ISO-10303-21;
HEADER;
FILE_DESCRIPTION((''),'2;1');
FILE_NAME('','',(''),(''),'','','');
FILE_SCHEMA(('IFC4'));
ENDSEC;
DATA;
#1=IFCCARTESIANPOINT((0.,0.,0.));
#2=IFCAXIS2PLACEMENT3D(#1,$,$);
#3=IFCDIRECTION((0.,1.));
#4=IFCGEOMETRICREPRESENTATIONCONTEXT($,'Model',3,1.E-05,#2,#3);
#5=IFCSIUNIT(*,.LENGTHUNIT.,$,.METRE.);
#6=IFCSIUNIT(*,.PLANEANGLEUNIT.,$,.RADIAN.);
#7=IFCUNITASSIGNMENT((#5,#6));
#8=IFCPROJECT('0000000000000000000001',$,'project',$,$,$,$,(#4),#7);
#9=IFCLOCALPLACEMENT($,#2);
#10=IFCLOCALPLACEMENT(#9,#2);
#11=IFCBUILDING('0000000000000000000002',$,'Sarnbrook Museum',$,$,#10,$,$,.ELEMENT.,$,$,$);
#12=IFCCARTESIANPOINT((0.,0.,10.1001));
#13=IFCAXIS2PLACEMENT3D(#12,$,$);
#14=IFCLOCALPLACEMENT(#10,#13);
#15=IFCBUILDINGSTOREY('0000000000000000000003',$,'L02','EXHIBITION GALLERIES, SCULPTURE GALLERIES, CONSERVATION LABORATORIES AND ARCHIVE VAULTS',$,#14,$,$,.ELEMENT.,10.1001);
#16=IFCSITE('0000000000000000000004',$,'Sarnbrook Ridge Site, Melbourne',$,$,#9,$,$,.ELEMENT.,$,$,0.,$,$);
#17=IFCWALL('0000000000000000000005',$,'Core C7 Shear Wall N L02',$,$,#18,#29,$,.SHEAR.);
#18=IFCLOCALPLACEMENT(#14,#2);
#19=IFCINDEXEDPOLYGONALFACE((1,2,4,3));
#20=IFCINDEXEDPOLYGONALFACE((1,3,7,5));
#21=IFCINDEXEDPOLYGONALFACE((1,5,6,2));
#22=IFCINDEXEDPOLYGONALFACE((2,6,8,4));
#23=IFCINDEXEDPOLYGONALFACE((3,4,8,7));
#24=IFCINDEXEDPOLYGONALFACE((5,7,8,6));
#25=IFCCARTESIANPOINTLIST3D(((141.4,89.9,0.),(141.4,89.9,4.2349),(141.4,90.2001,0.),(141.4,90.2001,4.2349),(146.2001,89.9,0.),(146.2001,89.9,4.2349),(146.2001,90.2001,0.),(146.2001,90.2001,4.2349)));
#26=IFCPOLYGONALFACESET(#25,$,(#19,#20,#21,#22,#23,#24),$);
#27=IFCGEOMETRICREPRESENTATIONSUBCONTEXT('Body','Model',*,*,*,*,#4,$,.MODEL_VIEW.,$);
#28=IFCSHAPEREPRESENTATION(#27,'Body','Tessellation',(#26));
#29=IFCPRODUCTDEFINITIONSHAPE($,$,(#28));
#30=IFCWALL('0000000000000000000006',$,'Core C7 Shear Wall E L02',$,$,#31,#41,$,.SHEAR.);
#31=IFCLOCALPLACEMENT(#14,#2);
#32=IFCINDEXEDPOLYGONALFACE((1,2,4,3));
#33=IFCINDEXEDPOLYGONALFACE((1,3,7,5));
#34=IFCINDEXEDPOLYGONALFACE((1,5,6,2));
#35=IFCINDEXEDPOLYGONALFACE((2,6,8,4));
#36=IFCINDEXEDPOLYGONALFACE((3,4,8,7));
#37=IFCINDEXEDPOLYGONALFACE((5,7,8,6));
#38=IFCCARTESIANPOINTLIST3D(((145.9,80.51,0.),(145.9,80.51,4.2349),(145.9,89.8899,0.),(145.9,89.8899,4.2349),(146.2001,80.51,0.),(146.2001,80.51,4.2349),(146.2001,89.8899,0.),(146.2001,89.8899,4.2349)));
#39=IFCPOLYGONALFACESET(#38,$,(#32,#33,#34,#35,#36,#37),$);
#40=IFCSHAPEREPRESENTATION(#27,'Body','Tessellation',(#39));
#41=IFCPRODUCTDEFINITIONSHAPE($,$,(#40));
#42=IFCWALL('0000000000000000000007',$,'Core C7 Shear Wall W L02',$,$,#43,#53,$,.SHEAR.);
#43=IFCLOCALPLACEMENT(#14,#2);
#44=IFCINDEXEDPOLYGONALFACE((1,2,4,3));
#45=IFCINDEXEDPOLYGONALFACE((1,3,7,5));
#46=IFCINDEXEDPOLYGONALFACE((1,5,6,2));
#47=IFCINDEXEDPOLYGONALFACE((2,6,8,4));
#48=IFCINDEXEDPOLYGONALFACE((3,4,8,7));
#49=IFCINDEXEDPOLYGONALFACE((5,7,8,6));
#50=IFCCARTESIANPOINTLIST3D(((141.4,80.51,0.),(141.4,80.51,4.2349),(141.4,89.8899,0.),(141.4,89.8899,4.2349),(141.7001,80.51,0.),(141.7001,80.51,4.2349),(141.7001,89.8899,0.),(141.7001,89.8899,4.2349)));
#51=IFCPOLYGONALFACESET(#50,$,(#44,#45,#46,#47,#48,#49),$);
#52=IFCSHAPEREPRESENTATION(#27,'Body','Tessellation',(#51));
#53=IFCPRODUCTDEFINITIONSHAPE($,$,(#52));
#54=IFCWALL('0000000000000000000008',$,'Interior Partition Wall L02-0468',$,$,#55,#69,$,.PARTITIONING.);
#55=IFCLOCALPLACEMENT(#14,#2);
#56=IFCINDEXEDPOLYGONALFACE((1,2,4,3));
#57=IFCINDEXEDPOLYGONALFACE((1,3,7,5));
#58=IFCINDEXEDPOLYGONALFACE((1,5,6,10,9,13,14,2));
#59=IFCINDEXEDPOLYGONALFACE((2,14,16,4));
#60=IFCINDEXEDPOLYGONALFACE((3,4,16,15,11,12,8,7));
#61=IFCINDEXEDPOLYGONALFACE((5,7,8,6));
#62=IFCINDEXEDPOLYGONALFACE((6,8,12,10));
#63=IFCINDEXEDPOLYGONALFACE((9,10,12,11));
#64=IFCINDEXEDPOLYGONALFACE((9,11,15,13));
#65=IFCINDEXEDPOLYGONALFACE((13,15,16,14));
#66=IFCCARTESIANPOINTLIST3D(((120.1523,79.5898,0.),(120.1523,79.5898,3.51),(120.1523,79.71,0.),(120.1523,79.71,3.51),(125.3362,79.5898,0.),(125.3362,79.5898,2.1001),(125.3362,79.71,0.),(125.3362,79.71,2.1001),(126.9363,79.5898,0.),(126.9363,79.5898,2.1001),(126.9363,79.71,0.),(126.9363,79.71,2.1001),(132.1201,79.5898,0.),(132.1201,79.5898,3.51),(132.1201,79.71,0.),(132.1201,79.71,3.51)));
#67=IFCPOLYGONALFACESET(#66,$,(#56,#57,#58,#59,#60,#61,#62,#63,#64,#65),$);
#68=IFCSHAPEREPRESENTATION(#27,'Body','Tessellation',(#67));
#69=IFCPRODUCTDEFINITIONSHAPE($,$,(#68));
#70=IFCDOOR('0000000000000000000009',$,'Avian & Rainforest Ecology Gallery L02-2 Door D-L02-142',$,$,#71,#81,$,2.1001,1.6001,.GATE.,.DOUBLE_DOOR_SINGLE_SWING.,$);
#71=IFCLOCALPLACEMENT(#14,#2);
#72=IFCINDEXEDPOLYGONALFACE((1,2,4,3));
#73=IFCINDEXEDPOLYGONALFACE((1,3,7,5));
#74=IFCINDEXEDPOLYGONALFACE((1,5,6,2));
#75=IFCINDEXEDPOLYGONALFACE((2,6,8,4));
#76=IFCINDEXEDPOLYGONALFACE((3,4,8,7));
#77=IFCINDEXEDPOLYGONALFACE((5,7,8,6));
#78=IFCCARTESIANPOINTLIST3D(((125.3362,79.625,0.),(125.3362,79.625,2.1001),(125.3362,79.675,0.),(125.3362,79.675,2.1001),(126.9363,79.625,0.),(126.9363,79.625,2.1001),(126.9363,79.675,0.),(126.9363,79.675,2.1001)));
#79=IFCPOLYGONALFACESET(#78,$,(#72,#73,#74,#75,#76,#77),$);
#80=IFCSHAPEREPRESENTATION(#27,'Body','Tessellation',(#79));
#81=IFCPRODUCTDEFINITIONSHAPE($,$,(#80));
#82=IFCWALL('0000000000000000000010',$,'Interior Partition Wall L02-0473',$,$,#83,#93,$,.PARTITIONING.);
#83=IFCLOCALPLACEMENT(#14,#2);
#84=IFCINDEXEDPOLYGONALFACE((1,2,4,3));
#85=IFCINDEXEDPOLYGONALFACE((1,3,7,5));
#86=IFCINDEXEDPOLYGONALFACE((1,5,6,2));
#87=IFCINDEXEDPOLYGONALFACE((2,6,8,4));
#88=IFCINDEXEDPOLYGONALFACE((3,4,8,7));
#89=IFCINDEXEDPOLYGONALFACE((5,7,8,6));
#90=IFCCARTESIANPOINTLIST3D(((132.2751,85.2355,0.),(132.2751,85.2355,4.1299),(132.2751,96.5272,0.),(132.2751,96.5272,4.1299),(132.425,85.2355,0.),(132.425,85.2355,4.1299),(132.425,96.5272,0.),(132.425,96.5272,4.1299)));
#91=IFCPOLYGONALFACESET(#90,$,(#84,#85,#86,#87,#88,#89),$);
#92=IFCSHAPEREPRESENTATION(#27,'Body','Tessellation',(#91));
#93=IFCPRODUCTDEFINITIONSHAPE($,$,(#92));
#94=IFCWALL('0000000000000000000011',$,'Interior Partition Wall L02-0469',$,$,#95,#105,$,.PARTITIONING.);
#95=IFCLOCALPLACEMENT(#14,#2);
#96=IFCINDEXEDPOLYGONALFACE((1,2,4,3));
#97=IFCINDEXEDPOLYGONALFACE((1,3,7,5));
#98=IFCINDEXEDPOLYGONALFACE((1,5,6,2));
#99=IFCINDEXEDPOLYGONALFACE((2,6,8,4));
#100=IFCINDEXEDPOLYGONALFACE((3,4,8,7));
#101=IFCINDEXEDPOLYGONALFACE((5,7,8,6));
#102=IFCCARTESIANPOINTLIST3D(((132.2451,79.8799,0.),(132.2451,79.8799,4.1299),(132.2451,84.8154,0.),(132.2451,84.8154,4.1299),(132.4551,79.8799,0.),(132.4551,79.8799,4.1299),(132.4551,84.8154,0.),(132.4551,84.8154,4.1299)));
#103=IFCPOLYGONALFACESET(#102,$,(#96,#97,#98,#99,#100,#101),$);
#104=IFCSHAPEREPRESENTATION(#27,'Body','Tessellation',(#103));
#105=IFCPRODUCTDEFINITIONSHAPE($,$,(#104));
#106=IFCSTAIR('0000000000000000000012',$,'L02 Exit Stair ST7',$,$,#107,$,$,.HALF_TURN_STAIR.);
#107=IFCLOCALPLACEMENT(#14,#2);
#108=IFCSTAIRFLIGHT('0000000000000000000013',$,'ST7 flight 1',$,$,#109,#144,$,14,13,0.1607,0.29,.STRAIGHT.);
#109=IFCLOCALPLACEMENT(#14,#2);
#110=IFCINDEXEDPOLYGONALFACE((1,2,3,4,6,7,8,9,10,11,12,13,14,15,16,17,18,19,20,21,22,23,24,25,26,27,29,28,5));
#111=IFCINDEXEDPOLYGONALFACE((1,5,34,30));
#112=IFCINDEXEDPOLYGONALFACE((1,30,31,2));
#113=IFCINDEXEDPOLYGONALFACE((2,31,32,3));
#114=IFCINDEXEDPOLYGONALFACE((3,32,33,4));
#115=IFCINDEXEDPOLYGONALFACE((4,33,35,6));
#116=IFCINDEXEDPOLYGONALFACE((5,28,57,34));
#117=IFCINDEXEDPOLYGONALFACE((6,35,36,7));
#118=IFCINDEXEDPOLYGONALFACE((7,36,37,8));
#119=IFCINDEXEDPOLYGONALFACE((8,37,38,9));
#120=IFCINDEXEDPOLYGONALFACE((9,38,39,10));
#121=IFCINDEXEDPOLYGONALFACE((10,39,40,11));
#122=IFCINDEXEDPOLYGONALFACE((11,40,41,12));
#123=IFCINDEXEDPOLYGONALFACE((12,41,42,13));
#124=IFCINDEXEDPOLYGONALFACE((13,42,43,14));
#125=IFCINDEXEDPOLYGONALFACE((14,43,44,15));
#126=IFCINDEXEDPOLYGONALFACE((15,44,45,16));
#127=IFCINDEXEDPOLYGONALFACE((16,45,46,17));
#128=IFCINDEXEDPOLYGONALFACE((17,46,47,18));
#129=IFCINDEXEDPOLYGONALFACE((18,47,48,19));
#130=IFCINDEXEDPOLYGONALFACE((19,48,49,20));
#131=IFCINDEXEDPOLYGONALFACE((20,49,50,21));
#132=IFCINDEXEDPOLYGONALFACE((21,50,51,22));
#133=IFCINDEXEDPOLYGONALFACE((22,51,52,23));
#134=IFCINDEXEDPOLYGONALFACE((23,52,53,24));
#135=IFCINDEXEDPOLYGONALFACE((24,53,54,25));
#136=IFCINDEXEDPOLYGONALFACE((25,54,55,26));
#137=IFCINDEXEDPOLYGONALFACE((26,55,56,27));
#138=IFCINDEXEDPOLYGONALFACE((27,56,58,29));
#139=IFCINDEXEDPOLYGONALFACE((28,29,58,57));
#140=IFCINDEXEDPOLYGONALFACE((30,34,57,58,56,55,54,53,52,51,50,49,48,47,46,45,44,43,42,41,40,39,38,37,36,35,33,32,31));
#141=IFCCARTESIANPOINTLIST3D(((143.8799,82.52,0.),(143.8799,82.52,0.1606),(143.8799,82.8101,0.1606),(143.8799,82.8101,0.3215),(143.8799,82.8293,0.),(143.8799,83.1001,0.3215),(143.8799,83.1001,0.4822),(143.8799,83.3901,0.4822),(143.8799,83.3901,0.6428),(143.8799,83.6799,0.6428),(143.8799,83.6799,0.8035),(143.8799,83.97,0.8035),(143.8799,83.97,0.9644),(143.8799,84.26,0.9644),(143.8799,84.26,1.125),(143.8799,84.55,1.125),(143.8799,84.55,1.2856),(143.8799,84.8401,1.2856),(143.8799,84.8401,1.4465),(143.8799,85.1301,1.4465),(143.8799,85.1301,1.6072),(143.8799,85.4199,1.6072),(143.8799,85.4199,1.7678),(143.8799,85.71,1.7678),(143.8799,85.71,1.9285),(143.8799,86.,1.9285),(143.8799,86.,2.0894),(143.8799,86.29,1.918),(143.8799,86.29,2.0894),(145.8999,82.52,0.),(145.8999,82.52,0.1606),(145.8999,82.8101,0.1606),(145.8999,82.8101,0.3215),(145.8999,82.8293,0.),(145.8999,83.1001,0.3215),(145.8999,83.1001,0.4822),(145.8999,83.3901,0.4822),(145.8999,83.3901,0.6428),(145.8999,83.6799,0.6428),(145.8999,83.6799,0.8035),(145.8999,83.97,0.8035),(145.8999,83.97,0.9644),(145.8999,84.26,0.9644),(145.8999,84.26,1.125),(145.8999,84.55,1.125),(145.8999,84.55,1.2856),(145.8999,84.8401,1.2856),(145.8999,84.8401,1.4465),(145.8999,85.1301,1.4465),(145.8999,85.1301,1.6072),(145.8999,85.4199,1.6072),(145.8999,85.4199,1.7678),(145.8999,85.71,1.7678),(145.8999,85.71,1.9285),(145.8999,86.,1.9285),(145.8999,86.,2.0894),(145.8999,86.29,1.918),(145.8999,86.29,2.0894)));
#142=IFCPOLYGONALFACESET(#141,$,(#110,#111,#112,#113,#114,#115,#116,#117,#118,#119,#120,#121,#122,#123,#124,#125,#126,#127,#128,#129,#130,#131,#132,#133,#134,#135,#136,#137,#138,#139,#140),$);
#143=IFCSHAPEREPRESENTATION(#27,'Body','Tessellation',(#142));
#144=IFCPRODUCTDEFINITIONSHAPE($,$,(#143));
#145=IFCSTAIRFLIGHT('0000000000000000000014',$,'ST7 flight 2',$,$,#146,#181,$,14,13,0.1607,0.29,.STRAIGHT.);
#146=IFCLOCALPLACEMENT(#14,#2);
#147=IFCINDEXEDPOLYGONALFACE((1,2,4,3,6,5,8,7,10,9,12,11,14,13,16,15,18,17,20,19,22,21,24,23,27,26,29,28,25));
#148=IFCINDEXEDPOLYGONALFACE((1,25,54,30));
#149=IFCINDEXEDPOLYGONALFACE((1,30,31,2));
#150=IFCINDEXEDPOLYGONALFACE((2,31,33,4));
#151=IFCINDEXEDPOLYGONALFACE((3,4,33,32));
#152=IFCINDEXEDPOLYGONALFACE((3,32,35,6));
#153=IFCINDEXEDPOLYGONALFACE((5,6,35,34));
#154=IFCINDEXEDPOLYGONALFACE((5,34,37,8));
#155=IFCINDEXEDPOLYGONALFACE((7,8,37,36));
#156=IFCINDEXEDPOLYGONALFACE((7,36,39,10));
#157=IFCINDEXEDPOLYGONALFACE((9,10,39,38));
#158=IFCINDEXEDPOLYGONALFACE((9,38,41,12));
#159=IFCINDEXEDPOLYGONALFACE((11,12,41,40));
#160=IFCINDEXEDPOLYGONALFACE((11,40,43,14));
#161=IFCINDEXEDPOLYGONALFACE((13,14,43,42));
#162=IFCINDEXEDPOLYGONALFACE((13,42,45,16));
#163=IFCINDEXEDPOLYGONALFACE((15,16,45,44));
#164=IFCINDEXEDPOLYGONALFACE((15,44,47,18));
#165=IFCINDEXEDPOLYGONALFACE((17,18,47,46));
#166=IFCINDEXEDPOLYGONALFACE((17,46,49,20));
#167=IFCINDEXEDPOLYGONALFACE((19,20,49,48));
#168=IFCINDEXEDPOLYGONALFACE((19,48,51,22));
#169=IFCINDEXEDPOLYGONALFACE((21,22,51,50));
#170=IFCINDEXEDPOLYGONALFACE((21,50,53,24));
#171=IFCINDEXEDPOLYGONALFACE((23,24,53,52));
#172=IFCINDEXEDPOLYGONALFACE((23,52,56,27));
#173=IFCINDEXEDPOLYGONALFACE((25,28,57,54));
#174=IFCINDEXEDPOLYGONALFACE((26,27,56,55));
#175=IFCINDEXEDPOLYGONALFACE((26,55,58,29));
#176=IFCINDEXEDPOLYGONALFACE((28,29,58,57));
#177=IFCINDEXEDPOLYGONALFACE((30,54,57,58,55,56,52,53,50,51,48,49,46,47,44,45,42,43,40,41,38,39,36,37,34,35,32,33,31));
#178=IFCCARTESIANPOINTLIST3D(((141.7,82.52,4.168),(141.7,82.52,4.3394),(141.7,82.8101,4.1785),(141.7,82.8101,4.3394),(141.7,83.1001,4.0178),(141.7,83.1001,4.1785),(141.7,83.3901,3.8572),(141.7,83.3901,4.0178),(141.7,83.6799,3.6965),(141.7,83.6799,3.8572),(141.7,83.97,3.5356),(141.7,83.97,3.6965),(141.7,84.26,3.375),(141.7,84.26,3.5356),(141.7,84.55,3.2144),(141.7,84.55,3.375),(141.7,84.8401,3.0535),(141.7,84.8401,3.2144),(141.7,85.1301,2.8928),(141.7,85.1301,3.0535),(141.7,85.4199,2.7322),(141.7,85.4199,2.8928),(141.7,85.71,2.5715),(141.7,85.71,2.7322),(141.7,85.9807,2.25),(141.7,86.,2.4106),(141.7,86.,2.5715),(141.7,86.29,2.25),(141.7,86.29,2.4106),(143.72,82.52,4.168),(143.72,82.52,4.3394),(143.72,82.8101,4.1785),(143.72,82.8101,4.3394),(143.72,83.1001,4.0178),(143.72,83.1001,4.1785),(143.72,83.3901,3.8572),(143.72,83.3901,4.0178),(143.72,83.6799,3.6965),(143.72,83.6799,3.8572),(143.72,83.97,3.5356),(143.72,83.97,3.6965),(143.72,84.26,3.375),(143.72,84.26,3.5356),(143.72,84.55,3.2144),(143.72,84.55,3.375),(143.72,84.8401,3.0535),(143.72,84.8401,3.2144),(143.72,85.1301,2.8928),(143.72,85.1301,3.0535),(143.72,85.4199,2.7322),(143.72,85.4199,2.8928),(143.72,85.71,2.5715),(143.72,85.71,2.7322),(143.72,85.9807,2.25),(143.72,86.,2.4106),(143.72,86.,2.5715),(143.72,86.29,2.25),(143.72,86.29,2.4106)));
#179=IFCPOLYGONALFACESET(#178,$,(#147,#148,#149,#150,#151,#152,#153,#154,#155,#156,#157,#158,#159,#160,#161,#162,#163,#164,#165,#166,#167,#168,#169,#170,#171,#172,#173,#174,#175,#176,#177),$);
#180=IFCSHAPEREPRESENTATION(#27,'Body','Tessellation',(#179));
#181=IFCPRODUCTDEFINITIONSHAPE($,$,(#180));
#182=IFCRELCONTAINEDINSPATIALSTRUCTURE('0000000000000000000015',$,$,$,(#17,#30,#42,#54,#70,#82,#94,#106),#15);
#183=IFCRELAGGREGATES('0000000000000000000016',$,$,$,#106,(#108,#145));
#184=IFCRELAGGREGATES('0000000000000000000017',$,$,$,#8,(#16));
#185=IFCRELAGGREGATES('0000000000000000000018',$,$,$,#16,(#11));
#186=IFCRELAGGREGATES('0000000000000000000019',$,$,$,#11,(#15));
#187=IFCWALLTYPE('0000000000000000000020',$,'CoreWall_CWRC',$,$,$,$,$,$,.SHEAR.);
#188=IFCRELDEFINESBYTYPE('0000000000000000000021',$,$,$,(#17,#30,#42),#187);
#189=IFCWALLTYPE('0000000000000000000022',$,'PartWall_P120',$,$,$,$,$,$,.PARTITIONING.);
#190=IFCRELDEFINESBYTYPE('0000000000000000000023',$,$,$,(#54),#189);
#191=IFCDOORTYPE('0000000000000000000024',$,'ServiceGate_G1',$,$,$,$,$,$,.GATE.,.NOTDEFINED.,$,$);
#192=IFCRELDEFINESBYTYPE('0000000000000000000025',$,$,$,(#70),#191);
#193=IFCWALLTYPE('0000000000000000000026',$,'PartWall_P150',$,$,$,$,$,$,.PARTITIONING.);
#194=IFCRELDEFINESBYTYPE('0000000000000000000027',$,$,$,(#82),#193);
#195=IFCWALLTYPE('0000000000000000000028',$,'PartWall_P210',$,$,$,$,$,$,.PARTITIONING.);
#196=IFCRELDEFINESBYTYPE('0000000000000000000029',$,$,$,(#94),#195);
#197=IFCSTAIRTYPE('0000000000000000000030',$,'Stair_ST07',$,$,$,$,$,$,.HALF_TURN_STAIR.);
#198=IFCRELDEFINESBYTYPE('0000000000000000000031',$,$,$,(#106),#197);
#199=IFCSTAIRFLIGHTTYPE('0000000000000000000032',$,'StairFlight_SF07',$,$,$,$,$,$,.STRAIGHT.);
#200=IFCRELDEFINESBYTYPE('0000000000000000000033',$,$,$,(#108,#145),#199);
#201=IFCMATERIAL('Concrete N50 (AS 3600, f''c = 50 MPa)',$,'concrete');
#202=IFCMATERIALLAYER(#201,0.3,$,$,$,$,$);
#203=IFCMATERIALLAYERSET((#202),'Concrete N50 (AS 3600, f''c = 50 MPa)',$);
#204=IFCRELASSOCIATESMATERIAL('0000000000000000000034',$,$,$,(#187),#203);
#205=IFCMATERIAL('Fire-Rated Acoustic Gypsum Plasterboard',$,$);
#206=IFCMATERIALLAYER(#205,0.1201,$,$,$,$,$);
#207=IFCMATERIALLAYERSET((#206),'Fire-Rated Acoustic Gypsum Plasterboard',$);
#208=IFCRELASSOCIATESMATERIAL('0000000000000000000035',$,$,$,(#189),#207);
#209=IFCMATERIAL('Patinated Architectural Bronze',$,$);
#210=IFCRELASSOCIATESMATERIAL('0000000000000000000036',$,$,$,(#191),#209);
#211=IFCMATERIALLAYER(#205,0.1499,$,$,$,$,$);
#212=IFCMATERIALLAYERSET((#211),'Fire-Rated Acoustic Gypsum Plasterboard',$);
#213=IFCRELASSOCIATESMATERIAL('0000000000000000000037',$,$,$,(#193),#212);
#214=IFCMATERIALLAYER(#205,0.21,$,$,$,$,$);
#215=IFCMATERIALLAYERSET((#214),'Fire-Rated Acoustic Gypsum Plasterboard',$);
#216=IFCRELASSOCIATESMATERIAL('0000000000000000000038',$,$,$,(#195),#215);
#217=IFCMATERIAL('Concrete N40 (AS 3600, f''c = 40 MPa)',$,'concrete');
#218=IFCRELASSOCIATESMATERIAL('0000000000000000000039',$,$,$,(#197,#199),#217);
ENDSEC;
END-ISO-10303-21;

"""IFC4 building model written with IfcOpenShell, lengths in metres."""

from ifc_helpers import new_model, si_unit, direction, frame, frame_2d, origin, place, context, subcontext, project, spatial, polyline, rectangle, outline, extrude, material, layer, layer_set, type_object, element, fill, aggregate, save


model = new_model("IFC4")

# Units and contexts
model_context = context("Model", 3, precision=1e-05, world=origin(), true_north=direction((0.0, 1.0)))
body_context = subcontext(model_context, "Body", "Model", "MODEL_VIEW")
ifc_project = project(units=[si_unit("LENGTHUNIT", "METRE"), si_unit("PLANEANGLEUNIT", "RADIAN")], contexts=[model_context])

# Site, building, storey
site_placement = place(None, origin())
site = spatial("IfcSite", under=ifc_project, at=site_placement, Name="Sarnbrook Ridge Site, Melbourne", CompositionType="ELEMENT", RefElevation=0.0)
building_placement = place(site_placement, origin())
building = spatial("IfcBuilding", under=site, at=building_placement, Name="Sarnbrook Museum", CompositionType="ELEMENT")
storey_placement = place(building_placement, frame((0.0, 0.0, 10.1001)))
storey = spatial("IfcBuildingStorey", under=building, at=storey_placement, Name="L02", Description="EXHIBITION GALLERIES, SCULPTURE GALLERIES, CONSERVATION LABORATORIES AND ARCHIVE VAULTS", CompositionType="ELEMENT", Elevation=10.1001)

# Shared definitions
ifc_material_1 = material(Name="Concrete N50 (AS 3600, f'c = 50 MPa)", Category="concrete")
ifc_layer_1 = layer(ifc_material_1, 0.3)
ifc_layer_set_1 = layer_set([ifc_layer_1], Name="Concrete N50 (AS 3600, f'c = 50 MPa)")
wall_type_1 = type_object("IfcWallType", Name="CoreWall_CWRC", PredefinedType="SHEAR", material=ifc_layer_set_1)

# Walls
wall_1_placement = place(storey_placement, frame((146.2, 90.05, 0.0), z_axis=(0.0, 0.0, 1.0), x_axis=(-1.0, 0.0, 0.0)))
element("IfcWall", 1, at=wall_1_placement, inside=storey, type_object=wall_type_1, Name="Core C7 Shear Wall N L02", PredefinedType="SHEAR", context=body_context, shape_type="SweptSolid", body=[
    extrude(rectangle(XDim=4.8, YDim=0.3, at=frame_2d((2.3999, 0.0))), origin(), (0.0, 0.0, 1.0), 4.2349),
])
for number, where, z_axis, x_axis, name in (
    (2, (146.05, 80.51, 0.0), (0.0, 0.0, 1.0), (0.0, 1.0, 0.0), "Core C7 Shear Wall E L02"),
    (3, (141.55, 89.8899, 0.0), (0.0, 0.0, 1.0), (0.0, -1.0, 0.0), "Core C7 Shear Wall W L02"),
):
    element("IfcWall", number, at=place(storey_placement, frame(where, z_axis=z_axis, x_axis=x_axis)), inside=storey, type_object=wall_type_1, Name=name, PredefinedType="SHEAR", context=body_context, shape_type="SweptSolid", body=[
        extrude(rectangle(XDim=9.3799, YDim=0.3, at=frame_2d((4.6899, 0.0))), origin(), (0.0, 0.0, 1.0), 4.2349),
    ])

# Wall, opening, door
ifc_material_2 = material(Name="Fire-Rated Acoustic Gypsum Plasterboard")
ifc_layer_2 = layer(ifc_material_2, 0.1201)
ifc_layer_set_2 = layer_set([ifc_layer_2], Name="Fire-Rated Acoustic Gypsum Plasterboard")
wall_type_2 = type_object("IfcWallType", Name="PartWall_P120", PredefinedType="PARTITIONING", material=ifc_layer_set_2)
wall_2_placement = place(storey_placement, frame((132.1201, 79.6499, 0.0), z_axis=(0.0, 0.0, 1.0), x_axis=(-1.0, 0.0, 0.0)))
wall_2 = element("IfcWall", 4, at=wall_2_placement, inside=storey, type_object=wall_type_2, Name="Interior Partition Wall L02-0468", PredefinedType="PARTITIONING", context=body_context, shape_type="SweptSolid", body=[
    extrude(rectangle(XDim=11.9678, YDim=0.1201, at=frame_2d((5.9839, 0.0))), origin(), (0.0, 0.0, 1.0), 3.51),
])
opening_1_placement = place(wall_2_placement, frame((5.1838, 0.0, 0.0)))
opening_1 = element("IfcOpeningElement", 5, at=opening_1_placement, cuts=wall_2, PredefinedType="OPENING", context=body_context, shape_type="SweptSolid", body=[
    extrude(rectangle(XDim=1.6001, YDim=2.1001, at=frame_2d((0.8, 1.05))), frame((0.0, 0.0701, 0.0), z_axis=(0.0, -1.0, 0.0), x_axis=(1.0, 0.0, 0.0)), (0.0, 0.0, 1.0), 0.1401),
])
ifc_material_3 = material(Name="Patinated Architectural Bronze")
door_type_1 = type_object("IfcDoorType", Name="ServiceGate_G1", OperationType="NOTDEFINED", PredefinedType="GATE", material=ifc_material_3)
door_1_placement = place(opening_1_placement, origin())
door_1 = element("IfcDoor", 6, at=door_1_placement, inside=storey, type_object=door_type_1, Name="Avian & Rainforest Ecology Gallery L02-2 Door D-L02-142", OperationType="DOUBLE_DOOR_SINGLE_SWING", OverallHeight=2.1001, OverallWidth=1.6001, PredefinedType="GATE", context=body_context, shape_type="SweptSolid", body=[
    extrude(rectangle(XDim=1.6001, YDim=2.1001, at=frame_2d((0.8, 1.05))), frame((0.0, 0.0249, 0.0), z_axis=(0.0, -1.0, 0.0), x_axis=(1.0, 0.0, 0.0)), (0.0, 0.0, 1.0), 0.05),
])
fill(opening_1, door_1)

# Walls
ifc_layer_3 = layer(ifc_material_2, 0.1499)
ifc_layer_set_3 = layer_set([ifc_layer_3], Name="Fire-Rated Acoustic Gypsum Plasterboard")
wall_type_3 = type_object("IfcWallType", Name="PartWall_P150", PredefinedType="PARTITIONING", material=ifc_layer_set_3)
wall_3_placement = place(storey_placement, frame((132.3501, 96.5273, 0.0), z_axis=(0.0, 0.0, 1.0), x_axis=(0.0, -1.0, 0.0)))
element("IfcWall", 7, at=wall_3_placement, inside=storey, type_object=wall_type_3, Name="Interior Partition Wall L02-0473", PredefinedType="PARTITIONING", context=body_context, shape_type="SweptSolid", body=[
    extrude(rectangle(XDim=11.2917, YDim=0.1499, at=frame_2d((5.646, 0.0))), origin(), (0.0, 0.0, 1.0), 4.1299),
])
ifc_layer_4 = layer(ifc_material_2, 0.21)
ifc_layer_set_4 = layer_set([ifc_layer_4], Name="Fire-Rated Acoustic Gypsum Plasterboard")
wall_type_4 = type_object("IfcWallType", Name="PartWall_P210", PredefinedType="PARTITIONING", material=ifc_layer_set_4)
wall_4_placement = place(storey_placement, frame((132.3501, 84.8154, 0.0), z_axis=(0.0, 0.0, 1.0), x_axis=(0.0, -1.0, 0.0)))
element("IfcWall", 8, at=wall_4_placement, inside=storey, type_object=wall_type_4, Name="Interior Partition Wall L02-0469", PredefinedType="PARTITIONING", context=body_context, shape_type="SweptSolid", body=[
    extrude(rectangle(XDim=4.9355, YDim=0.21, at=frame_2d((2.4678, 0.0))), origin(), (0.0, 0.0, 1.0), 4.1299),
])

# Stair, stair flights
ifc_material_4 = material(Name="Concrete N40 (AS 3600, f'c = 40 MPa)", Category="concrete")
stair_type = type_object("IfcStairType", Name="Stair_ST07", PredefinedType="HALF_TURN_STAIR", material=ifc_material_4)
stair_placement = place(storey_placement, origin())
stair = element("IfcStair", 9, at=stair_placement, inside=storey, type_object=stair_type, Name="L02 Exit Stair ST7", PredefinedType="HALF_TURN_STAIR")
stair_flight_type = type_object("IfcStairFlightType", Name="StairFlight_SF07", PredefinedType="STRAIGHT", material=ifc_material_4)
stair_flight_1_placement = place(storey_placement, frame((144.8899, 82.52, 0.0), z_axis=(0.0, 0.0, 1.0), x_axis=(0.0, 1.0, 0.0)))
stair_flight_1 = element("IfcStairFlight", 10, at=stair_flight_1_placement, type_object=stair_flight_type, Name="ST7 flight 1", NumberOfRisers=14, NumberOfTreads=13, PredefinedType="STRAIGHT", RiserHeight=0.1607, TreadLength=0.29, context=body_context, shape_type="SweptSolid", body=[
    extrude(outline(polyline([(0.0, 0.0), (0.0, 0.1606), (0.29, 0.1606), (0.29, 0.3215), (0.5801, 0.3215), (0.5801, 0.4822), (0.8701, 0.4822), (0.8701, 0.6428), (1.1599, 0.6428), (1.1599, 0.8035), (1.45, 0.8035), (1.45, 0.9644), (1.74, 0.9644), (1.74, 1.125), (2.03, 1.125), (2.03, 1.2856), (2.3201, 1.2856), (2.3201, 1.4465), (2.6101, 1.4465), (2.6101, 1.6072), (2.8999, 1.6072), (2.8999, 1.7678), (3.1899, 1.7678), (3.1899, 1.9285), (3.48, 1.9285), (3.48, 2.0894), (3.77, 2.0894), (3.77, 2.25), (3.77, 1.918), (0.3093, 0.0), (0.0, 0.0)])), frame((0.0, 1.01, 0.0), z_axis=(0.0, -1.0, 0.0), x_axis=(1.0, 0.0, 0.0)), (0.0, 0.0, 1.0), 2.02),
])
stair_flight_2_placement = place(storey_placement, frame((142.71, 86.29, 2.25), z_axis=(0.0, 0.0, 1.0), x_axis=(0.0, -1.0, 0.0)))
stair_flight_2 = element("IfcStairFlight", 11, at=stair_flight_2_placement, type_object=stair_flight_type, Name="ST7 flight 2", NumberOfRisers=14, NumberOfTreads=13, PredefinedType="STRAIGHT", RiserHeight=0.1607, TreadLength=0.29, context=body_context, shape_type="SweptSolid", body=[
    extrude(outline(polyline([(0.0, 0.0), (0.0, 0.1606), (0.29, 0.1606), (0.29, 0.3215), (0.5801, 0.3215), (0.5801, 0.4822), (0.8701, 0.4822), (0.8701, 0.6428), (1.1599, 0.6428), (1.1599, 0.8035), (1.45, 0.8035), (1.45, 0.9644), (1.74, 0.9644), (1.74, 1.125), (2.03, 1.125), (2.03, 1.2856), (2.3201, 1.2856), (2.3201, 1.4465), (2.6101, 1.4465), (2.6101, 1.6072), (2.8999, 1.6072), (2.8999, 1.7678), (3.1899, 1.7678), (3.1899, 1.9285), (3.48, 1.9285), (3.48, 2.0894), (3.77, 2.0894), (3.77, 2.25), (3.77, 1.918), (0.3093, 0.0), (0.0, 0.0)])), frame((0.0, 1.01, 0.0), z_axis=(0.0, -1.0, 0.0), x_axis=(1.0, 0.0, 0.0)), (0.0, 0.0, 1.0), 2.02),
])
aggregate(stair, [stair_flight_1, stair_flight_2])

save(model, "model.ifc")
